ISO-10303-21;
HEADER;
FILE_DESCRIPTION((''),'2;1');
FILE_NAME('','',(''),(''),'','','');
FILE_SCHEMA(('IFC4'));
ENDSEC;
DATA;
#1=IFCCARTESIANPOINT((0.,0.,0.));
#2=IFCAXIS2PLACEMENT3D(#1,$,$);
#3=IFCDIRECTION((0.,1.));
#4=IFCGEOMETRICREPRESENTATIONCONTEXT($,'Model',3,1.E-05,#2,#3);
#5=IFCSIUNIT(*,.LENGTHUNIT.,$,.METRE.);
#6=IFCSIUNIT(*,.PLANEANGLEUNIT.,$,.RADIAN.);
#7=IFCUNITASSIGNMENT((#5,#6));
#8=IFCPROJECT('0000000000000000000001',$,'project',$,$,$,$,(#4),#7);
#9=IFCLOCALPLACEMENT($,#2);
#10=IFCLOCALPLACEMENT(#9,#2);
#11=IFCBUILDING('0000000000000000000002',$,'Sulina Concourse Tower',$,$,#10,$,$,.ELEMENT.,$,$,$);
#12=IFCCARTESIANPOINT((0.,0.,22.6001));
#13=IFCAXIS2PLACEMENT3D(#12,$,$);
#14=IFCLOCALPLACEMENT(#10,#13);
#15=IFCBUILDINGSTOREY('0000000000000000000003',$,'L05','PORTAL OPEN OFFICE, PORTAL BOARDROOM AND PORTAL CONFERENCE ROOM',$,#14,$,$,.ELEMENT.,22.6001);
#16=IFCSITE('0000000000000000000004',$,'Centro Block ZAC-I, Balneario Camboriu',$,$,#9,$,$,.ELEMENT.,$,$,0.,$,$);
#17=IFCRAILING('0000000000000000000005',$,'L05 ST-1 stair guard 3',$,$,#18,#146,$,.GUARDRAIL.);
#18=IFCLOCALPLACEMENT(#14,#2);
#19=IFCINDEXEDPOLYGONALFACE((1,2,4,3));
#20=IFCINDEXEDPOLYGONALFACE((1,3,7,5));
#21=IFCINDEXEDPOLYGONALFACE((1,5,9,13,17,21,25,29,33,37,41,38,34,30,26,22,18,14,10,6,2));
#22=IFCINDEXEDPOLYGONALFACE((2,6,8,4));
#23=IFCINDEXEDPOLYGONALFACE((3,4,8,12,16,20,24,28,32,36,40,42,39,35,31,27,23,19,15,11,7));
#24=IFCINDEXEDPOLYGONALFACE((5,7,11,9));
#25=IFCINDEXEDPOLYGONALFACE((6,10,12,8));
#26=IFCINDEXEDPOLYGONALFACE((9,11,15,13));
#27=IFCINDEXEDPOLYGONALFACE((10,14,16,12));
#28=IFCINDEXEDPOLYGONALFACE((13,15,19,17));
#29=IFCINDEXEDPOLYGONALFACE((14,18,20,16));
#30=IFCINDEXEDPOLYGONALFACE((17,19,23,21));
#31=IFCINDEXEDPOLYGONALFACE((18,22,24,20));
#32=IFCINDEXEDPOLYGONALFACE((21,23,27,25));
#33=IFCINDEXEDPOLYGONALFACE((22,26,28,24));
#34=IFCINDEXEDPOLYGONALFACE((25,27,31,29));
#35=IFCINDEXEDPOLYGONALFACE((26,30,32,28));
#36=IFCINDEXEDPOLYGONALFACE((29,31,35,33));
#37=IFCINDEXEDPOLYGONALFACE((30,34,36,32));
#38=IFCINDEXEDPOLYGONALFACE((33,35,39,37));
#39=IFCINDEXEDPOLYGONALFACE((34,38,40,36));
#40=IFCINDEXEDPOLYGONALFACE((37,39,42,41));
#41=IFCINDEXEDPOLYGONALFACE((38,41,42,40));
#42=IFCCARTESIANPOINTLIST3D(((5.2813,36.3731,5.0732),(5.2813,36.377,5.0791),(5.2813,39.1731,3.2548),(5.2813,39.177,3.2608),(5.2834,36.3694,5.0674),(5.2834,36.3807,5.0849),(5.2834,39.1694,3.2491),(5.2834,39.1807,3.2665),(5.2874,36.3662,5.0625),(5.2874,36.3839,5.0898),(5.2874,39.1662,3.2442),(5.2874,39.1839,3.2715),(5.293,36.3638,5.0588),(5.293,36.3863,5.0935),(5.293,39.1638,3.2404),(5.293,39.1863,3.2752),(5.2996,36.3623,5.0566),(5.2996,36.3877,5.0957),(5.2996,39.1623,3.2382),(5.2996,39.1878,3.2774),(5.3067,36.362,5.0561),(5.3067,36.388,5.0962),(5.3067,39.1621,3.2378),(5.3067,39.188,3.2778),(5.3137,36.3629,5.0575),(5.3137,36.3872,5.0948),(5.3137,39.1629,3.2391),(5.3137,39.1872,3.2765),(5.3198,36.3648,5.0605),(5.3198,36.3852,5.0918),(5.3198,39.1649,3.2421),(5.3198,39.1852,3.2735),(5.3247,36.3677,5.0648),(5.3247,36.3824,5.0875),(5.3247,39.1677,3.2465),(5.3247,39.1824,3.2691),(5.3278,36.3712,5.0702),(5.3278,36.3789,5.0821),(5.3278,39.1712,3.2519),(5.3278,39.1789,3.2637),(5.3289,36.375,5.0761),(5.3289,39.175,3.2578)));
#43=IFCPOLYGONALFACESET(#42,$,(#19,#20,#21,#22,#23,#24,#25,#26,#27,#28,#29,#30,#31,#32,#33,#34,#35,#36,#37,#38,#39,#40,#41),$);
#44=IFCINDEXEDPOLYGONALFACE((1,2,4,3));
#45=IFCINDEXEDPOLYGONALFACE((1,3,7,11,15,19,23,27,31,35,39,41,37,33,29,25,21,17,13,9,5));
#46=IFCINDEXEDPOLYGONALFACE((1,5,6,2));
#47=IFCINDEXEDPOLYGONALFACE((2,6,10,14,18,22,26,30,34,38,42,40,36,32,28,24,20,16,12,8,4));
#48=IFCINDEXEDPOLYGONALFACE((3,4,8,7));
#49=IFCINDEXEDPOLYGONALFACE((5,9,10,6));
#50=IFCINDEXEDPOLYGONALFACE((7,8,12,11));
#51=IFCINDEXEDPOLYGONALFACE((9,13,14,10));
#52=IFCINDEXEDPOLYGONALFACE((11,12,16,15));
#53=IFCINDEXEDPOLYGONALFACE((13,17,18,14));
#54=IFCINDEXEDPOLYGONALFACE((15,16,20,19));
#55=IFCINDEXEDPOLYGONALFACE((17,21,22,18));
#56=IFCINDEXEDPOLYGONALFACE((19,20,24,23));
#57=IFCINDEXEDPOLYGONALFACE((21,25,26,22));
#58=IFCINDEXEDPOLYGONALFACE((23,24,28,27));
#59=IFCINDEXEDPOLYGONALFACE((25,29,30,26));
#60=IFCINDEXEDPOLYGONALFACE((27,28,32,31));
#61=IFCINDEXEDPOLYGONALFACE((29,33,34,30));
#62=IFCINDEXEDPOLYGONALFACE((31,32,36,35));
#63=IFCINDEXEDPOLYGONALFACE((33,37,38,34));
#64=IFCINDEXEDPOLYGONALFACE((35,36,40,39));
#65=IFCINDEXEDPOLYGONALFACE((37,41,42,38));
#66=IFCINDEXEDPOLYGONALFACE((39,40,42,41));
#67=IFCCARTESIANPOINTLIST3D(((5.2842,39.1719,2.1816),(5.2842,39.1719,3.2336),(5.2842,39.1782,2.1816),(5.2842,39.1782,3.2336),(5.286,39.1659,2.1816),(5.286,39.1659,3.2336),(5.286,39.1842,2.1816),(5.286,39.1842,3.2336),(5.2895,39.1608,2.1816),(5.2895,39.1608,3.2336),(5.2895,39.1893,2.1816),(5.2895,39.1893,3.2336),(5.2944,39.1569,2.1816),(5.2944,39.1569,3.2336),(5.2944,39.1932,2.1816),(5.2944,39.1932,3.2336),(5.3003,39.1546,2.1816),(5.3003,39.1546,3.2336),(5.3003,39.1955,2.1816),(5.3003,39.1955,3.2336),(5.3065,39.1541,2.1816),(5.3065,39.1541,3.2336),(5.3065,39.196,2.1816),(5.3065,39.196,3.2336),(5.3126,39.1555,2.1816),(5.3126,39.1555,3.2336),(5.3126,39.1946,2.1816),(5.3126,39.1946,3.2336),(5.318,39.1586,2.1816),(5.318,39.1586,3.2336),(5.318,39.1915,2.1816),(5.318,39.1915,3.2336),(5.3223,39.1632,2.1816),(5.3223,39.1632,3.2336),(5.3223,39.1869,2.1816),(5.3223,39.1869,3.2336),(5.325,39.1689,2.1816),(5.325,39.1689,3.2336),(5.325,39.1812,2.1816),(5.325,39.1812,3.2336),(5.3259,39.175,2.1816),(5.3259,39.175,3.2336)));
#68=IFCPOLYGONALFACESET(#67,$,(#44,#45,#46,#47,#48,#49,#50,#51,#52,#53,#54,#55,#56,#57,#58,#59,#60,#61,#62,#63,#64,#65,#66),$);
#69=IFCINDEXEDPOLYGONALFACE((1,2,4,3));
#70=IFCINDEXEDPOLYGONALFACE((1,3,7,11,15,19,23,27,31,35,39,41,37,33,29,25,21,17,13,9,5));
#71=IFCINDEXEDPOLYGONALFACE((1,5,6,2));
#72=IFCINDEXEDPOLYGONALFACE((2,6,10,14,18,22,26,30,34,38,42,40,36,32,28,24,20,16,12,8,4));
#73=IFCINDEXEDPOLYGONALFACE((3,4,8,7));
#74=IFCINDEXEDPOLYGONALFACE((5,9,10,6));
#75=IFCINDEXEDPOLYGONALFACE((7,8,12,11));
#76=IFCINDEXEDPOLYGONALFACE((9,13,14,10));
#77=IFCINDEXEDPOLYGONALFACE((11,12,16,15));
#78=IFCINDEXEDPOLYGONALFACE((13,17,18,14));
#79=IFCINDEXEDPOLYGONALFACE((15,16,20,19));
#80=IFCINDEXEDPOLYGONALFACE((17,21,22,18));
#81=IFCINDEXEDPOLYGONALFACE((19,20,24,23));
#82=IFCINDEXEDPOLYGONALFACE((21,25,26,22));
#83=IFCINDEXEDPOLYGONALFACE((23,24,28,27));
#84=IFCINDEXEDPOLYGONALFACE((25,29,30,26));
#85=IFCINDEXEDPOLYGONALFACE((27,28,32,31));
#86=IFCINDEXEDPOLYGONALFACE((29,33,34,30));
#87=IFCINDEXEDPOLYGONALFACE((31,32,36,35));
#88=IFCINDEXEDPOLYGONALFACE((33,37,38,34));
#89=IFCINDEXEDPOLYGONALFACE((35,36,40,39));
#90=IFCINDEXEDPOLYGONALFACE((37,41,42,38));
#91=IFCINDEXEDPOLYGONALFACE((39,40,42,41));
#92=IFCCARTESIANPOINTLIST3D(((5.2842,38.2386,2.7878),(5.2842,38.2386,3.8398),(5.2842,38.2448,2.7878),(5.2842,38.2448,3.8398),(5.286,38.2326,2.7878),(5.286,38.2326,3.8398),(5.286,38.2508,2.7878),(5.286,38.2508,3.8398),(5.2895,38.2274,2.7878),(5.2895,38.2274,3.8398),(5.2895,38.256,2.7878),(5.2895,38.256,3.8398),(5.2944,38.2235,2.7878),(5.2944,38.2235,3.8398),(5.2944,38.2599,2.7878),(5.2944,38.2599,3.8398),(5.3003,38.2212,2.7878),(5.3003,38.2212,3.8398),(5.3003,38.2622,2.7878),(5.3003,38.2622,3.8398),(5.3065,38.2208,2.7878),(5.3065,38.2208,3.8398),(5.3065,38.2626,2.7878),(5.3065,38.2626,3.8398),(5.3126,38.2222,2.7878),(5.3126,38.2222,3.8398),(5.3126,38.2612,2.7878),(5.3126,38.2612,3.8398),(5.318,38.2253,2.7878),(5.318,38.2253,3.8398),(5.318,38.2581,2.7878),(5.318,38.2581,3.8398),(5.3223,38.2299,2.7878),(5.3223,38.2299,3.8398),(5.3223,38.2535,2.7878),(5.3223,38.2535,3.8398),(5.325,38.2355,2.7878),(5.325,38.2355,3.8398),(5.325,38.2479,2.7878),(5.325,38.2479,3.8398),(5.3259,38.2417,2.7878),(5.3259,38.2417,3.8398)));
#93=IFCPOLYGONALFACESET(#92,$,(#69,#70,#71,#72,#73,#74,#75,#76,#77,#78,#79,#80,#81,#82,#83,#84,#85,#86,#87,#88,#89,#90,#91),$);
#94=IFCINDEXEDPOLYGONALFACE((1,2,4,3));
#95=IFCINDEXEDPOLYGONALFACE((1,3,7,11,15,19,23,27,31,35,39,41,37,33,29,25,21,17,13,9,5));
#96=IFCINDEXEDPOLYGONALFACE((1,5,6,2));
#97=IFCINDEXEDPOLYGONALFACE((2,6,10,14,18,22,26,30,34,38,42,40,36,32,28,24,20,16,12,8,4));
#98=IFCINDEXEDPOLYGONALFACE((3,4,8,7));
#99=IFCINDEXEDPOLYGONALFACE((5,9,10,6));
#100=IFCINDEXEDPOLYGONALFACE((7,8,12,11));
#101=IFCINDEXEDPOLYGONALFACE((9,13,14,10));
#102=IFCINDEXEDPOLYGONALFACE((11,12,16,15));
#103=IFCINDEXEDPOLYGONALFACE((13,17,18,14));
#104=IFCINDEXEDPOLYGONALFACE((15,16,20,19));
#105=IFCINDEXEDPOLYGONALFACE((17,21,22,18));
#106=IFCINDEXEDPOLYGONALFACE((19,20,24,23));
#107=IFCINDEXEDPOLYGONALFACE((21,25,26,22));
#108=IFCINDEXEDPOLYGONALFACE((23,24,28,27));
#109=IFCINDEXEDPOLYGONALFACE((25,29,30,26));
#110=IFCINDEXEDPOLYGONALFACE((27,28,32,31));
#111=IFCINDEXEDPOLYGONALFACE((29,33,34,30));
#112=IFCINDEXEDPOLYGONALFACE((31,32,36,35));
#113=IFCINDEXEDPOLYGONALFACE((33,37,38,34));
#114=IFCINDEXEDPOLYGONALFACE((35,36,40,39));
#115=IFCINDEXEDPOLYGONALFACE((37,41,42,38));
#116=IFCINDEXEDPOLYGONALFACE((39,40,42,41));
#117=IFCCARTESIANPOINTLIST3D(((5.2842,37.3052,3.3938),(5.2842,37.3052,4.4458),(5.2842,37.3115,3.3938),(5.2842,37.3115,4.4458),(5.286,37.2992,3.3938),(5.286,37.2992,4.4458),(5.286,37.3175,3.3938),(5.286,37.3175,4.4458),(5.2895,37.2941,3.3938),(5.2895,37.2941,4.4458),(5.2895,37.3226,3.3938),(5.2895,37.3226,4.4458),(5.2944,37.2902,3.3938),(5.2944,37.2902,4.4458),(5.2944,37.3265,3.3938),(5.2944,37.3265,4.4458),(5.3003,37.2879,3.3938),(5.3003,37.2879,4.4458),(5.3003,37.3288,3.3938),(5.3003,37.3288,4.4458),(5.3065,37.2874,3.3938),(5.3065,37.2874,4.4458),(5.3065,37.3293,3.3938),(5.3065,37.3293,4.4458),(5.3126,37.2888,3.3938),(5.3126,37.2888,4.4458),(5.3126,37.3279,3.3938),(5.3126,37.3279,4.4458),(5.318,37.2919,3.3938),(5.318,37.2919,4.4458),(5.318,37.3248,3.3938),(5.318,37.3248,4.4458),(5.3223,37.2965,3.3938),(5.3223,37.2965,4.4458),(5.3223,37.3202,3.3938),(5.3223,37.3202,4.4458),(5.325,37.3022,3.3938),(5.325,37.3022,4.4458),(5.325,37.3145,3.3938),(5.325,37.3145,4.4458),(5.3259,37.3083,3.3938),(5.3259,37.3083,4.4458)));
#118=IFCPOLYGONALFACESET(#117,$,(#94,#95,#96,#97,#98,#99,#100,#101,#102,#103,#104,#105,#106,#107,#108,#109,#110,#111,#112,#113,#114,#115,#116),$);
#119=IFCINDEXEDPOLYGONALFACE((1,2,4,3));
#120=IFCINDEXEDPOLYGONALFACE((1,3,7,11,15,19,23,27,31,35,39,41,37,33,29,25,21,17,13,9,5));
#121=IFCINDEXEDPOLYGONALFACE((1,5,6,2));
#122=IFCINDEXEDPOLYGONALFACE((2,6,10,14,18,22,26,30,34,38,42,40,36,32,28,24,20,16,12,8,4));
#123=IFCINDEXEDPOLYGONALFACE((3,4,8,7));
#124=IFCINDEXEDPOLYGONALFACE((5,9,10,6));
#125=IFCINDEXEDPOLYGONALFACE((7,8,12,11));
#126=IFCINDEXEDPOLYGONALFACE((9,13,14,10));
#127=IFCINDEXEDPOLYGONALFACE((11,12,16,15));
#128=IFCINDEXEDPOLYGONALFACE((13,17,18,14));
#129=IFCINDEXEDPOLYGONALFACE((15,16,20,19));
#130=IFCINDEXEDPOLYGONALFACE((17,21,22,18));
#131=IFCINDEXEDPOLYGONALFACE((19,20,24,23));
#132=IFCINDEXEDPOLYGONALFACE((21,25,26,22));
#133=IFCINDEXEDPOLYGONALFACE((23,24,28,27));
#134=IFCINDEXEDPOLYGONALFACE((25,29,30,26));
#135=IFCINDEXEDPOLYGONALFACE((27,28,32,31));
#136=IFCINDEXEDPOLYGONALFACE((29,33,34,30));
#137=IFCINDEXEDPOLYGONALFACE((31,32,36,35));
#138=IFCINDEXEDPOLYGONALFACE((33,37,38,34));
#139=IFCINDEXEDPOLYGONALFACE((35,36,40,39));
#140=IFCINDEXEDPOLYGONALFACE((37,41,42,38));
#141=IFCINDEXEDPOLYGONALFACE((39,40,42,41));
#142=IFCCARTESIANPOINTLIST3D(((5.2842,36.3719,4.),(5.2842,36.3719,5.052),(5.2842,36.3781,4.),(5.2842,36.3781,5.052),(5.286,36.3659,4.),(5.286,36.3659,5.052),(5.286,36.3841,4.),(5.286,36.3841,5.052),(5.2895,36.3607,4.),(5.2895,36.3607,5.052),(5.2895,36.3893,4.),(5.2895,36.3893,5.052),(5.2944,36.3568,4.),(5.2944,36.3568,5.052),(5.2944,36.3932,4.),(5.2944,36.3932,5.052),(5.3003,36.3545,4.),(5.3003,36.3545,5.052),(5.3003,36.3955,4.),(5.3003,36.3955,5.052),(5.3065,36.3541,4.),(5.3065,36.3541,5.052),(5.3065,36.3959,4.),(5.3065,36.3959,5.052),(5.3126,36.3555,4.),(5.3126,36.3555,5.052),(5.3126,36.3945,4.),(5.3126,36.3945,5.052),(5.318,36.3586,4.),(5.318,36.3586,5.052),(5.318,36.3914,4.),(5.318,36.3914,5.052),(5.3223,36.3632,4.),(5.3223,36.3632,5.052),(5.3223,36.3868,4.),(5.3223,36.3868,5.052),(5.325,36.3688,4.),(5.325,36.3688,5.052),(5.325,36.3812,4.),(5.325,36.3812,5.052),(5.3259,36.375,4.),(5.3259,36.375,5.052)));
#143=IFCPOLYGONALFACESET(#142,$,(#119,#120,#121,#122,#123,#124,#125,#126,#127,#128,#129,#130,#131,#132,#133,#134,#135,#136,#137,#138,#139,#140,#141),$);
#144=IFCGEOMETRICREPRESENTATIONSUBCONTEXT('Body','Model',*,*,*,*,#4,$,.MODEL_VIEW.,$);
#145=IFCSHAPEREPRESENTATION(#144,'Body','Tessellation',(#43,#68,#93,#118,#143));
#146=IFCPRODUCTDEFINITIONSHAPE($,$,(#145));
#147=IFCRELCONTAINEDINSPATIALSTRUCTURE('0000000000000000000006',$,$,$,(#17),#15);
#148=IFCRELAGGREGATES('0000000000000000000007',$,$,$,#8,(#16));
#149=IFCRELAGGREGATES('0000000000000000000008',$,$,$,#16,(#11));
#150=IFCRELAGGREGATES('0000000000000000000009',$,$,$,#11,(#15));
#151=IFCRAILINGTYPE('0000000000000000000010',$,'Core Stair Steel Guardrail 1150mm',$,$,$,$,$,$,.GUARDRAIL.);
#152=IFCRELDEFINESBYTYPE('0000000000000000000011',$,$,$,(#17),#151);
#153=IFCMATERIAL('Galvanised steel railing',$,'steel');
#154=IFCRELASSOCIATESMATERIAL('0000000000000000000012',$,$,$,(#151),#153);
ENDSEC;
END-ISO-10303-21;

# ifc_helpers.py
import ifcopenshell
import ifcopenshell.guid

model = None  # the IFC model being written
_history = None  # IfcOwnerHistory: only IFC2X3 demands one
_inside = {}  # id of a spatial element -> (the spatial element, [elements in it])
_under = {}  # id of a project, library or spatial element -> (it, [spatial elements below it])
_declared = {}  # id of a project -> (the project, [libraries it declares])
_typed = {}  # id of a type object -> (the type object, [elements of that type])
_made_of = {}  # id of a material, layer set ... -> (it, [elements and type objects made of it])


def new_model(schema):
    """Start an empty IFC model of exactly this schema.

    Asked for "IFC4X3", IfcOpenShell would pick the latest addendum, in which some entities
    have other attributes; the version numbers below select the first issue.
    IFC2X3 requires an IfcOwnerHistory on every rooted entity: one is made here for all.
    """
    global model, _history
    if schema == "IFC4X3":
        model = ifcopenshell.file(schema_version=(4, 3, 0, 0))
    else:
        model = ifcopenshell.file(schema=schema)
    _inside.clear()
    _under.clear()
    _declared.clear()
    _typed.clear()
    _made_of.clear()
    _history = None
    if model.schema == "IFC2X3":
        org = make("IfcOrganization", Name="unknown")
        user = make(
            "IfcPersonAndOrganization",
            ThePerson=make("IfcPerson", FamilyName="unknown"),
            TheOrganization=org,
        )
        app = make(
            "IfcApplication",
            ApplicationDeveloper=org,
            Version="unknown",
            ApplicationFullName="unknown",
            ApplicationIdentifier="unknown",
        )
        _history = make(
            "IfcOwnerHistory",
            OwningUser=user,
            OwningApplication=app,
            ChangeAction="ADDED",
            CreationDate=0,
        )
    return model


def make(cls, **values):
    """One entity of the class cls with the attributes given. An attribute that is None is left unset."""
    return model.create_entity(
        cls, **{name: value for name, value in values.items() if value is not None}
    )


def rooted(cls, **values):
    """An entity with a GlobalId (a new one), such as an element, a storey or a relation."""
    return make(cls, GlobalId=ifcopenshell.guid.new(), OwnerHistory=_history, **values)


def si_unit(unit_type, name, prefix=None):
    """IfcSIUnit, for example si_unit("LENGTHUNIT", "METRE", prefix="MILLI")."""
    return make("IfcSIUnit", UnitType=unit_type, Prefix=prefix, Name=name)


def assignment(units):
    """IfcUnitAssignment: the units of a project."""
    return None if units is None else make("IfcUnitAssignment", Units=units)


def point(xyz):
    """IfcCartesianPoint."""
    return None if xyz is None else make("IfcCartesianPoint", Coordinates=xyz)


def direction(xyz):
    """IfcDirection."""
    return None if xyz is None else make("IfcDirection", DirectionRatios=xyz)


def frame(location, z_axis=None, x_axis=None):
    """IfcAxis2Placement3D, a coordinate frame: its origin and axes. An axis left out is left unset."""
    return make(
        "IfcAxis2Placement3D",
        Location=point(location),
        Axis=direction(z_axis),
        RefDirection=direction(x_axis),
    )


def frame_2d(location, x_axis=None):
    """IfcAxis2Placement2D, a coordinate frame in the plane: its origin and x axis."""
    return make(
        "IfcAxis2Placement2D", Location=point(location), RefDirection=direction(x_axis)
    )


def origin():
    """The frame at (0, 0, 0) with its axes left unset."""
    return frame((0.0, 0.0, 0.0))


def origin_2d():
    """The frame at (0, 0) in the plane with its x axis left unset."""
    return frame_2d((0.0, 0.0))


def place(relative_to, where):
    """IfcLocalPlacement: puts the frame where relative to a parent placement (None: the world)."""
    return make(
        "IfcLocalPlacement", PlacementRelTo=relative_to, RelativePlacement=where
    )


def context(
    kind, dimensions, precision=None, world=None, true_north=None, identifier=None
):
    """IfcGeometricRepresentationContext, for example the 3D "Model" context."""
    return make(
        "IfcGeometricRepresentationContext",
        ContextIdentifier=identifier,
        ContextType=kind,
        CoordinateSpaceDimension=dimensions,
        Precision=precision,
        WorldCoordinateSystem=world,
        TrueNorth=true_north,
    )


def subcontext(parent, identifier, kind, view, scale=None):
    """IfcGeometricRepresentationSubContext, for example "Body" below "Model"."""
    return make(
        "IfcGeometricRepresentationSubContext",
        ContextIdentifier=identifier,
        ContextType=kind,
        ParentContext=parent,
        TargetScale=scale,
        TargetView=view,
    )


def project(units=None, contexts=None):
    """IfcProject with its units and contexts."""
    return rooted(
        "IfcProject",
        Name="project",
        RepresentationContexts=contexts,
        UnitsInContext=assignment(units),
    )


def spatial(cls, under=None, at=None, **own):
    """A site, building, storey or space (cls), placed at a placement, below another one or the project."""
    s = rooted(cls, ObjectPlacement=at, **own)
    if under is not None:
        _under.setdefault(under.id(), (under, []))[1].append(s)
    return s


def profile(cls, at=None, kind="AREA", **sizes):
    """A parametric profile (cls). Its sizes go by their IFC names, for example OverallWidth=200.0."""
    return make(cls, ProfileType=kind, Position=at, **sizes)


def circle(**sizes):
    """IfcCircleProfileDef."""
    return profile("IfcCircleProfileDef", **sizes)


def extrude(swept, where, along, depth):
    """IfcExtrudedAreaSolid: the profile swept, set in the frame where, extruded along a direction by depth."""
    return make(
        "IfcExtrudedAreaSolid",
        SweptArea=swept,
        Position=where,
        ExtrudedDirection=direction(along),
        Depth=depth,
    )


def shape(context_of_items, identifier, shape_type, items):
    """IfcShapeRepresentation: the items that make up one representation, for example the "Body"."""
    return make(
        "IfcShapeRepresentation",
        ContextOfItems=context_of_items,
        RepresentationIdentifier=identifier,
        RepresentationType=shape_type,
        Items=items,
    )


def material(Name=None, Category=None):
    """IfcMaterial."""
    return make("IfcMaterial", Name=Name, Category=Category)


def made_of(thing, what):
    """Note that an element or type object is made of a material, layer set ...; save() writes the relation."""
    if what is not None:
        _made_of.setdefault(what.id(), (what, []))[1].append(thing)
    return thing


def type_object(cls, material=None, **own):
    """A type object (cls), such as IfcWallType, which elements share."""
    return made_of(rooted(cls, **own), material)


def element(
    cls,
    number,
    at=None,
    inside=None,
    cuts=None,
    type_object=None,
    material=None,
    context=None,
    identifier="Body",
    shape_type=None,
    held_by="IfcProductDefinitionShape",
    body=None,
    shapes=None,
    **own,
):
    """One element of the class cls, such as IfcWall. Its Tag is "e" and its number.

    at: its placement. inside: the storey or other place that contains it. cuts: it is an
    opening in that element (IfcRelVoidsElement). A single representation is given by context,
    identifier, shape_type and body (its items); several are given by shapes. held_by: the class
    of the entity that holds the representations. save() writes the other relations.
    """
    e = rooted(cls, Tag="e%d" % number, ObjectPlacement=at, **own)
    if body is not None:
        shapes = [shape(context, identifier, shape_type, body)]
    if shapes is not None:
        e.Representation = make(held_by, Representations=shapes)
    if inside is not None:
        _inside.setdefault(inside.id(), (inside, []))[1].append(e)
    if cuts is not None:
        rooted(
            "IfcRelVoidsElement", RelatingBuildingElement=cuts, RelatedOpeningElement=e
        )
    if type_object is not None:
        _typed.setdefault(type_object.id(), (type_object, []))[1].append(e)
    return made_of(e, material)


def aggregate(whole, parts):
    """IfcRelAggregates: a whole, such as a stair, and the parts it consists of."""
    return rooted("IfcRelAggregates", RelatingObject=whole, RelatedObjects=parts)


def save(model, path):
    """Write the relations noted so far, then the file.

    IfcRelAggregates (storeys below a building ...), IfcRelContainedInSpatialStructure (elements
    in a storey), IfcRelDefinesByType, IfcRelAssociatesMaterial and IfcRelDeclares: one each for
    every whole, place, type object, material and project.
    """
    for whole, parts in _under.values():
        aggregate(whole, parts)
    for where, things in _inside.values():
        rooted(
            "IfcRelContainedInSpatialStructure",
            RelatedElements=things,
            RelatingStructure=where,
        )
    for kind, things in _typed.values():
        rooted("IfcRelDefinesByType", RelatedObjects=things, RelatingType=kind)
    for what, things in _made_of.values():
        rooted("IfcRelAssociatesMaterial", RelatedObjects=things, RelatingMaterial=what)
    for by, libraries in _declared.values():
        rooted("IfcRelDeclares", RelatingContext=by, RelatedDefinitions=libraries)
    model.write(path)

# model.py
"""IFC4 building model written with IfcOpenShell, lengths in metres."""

from ifc_helpers import new_model, si_unit, direction, frame, origin, origin_2d, place, context, subcontext, project, spatial, circle, extrude, material, type_object, element, save


model = new_model("IFC4")

# Units and contexts
model_context = context("Model", 3, precision=1e-05, world=origin(), true_north=direction((0.0, 1.0)))
body_context = subcontext(model_context, "Body", "Model", "MODEL_VIEW")
ifc_project = project(units=[si_unit("LENGTHUNIT", "METRE"), si_unit("PLANEANGLEUNIT", "RADIAN")], contexts=[model_context])

# Site, building, storey
site_placement = place(None, origin())
site = spatial("IfcSite", under=ifc_project, at=site_placement, Name="Centro Block ZAC-I, Balneario Camboriu", CompositionType="ELEMENT", RefElevation=0.0)
building_placement = place(site_placement, origin())
building = spatial("IfcBuilding", under=site, at=building_placement, Name="Sulina Concourse Tower", CompositionType="ELEMENT")
storey_placement = place(building_placement, frame((0.0, 0.0, 22.6001)))
storey = spatial("IfcBuildingStorey", under=building, at=storey_placement, Name="L05", Description="PORTAL OPEN OFFICE, PORTAL BOARDROOM AND PORTAL CONFERENCE ROOM", CompositionType="ELEMENT", Elevation=22.6001)

# Railing
ifc_material_1 = material(Name="Galvanised steel railing", Category="steel")
railing_type_1 = type_object("IfcRailingType", Name="Core Stair Steel Guardrail 1150mm", PredefinedType="GUARDRAIL", material=ifc_material_1)
railing_1_placement = place(storey_placement, frame((5.3049, 39.175, 2.1816)))
element("IfcRailing", 1, at=railing_1_placement, inside=storey, type_object=railing_type_1, Name="L05 ST-1 stair guard 3", PredefinedType="GUARDRAIL", context=body_context, shape_type="SweptSolid", body=[
    extrude(circle(Radius=0.0239, at=origin_2d()), frame((0.0, 0.0, 1.0762), z_axis=(0.0, -0.838672, 0.544636), x_axis=(1.0, 0.0, 0.0)), (0.0, 0.0, 1.0), 3.3386),
    extrude(circle(Radius=0.021, at=origin_2d()), origin(), (0.0, 0.0, 1.0), 1.052),
    extrude(circle(Radius=0.021, at=origin_2d()), frame((0.0, -0.9333, 0.6062)), (0.0, 0.0, 1.0), 1.052),
    extrude(circle(Radius=0.021, at=origin_2d()), frame((0.0, -1.8667, 1.2122)), (0.0, 0.0, 1.0), 1.052),
    extrude(circle(Radius=0.021, at=origin_2d()), frame((0.0, -2.8, 1.8184)), (0.0, 0.0, 1.0), 1.052),
])

save(model, "model.ifc")
